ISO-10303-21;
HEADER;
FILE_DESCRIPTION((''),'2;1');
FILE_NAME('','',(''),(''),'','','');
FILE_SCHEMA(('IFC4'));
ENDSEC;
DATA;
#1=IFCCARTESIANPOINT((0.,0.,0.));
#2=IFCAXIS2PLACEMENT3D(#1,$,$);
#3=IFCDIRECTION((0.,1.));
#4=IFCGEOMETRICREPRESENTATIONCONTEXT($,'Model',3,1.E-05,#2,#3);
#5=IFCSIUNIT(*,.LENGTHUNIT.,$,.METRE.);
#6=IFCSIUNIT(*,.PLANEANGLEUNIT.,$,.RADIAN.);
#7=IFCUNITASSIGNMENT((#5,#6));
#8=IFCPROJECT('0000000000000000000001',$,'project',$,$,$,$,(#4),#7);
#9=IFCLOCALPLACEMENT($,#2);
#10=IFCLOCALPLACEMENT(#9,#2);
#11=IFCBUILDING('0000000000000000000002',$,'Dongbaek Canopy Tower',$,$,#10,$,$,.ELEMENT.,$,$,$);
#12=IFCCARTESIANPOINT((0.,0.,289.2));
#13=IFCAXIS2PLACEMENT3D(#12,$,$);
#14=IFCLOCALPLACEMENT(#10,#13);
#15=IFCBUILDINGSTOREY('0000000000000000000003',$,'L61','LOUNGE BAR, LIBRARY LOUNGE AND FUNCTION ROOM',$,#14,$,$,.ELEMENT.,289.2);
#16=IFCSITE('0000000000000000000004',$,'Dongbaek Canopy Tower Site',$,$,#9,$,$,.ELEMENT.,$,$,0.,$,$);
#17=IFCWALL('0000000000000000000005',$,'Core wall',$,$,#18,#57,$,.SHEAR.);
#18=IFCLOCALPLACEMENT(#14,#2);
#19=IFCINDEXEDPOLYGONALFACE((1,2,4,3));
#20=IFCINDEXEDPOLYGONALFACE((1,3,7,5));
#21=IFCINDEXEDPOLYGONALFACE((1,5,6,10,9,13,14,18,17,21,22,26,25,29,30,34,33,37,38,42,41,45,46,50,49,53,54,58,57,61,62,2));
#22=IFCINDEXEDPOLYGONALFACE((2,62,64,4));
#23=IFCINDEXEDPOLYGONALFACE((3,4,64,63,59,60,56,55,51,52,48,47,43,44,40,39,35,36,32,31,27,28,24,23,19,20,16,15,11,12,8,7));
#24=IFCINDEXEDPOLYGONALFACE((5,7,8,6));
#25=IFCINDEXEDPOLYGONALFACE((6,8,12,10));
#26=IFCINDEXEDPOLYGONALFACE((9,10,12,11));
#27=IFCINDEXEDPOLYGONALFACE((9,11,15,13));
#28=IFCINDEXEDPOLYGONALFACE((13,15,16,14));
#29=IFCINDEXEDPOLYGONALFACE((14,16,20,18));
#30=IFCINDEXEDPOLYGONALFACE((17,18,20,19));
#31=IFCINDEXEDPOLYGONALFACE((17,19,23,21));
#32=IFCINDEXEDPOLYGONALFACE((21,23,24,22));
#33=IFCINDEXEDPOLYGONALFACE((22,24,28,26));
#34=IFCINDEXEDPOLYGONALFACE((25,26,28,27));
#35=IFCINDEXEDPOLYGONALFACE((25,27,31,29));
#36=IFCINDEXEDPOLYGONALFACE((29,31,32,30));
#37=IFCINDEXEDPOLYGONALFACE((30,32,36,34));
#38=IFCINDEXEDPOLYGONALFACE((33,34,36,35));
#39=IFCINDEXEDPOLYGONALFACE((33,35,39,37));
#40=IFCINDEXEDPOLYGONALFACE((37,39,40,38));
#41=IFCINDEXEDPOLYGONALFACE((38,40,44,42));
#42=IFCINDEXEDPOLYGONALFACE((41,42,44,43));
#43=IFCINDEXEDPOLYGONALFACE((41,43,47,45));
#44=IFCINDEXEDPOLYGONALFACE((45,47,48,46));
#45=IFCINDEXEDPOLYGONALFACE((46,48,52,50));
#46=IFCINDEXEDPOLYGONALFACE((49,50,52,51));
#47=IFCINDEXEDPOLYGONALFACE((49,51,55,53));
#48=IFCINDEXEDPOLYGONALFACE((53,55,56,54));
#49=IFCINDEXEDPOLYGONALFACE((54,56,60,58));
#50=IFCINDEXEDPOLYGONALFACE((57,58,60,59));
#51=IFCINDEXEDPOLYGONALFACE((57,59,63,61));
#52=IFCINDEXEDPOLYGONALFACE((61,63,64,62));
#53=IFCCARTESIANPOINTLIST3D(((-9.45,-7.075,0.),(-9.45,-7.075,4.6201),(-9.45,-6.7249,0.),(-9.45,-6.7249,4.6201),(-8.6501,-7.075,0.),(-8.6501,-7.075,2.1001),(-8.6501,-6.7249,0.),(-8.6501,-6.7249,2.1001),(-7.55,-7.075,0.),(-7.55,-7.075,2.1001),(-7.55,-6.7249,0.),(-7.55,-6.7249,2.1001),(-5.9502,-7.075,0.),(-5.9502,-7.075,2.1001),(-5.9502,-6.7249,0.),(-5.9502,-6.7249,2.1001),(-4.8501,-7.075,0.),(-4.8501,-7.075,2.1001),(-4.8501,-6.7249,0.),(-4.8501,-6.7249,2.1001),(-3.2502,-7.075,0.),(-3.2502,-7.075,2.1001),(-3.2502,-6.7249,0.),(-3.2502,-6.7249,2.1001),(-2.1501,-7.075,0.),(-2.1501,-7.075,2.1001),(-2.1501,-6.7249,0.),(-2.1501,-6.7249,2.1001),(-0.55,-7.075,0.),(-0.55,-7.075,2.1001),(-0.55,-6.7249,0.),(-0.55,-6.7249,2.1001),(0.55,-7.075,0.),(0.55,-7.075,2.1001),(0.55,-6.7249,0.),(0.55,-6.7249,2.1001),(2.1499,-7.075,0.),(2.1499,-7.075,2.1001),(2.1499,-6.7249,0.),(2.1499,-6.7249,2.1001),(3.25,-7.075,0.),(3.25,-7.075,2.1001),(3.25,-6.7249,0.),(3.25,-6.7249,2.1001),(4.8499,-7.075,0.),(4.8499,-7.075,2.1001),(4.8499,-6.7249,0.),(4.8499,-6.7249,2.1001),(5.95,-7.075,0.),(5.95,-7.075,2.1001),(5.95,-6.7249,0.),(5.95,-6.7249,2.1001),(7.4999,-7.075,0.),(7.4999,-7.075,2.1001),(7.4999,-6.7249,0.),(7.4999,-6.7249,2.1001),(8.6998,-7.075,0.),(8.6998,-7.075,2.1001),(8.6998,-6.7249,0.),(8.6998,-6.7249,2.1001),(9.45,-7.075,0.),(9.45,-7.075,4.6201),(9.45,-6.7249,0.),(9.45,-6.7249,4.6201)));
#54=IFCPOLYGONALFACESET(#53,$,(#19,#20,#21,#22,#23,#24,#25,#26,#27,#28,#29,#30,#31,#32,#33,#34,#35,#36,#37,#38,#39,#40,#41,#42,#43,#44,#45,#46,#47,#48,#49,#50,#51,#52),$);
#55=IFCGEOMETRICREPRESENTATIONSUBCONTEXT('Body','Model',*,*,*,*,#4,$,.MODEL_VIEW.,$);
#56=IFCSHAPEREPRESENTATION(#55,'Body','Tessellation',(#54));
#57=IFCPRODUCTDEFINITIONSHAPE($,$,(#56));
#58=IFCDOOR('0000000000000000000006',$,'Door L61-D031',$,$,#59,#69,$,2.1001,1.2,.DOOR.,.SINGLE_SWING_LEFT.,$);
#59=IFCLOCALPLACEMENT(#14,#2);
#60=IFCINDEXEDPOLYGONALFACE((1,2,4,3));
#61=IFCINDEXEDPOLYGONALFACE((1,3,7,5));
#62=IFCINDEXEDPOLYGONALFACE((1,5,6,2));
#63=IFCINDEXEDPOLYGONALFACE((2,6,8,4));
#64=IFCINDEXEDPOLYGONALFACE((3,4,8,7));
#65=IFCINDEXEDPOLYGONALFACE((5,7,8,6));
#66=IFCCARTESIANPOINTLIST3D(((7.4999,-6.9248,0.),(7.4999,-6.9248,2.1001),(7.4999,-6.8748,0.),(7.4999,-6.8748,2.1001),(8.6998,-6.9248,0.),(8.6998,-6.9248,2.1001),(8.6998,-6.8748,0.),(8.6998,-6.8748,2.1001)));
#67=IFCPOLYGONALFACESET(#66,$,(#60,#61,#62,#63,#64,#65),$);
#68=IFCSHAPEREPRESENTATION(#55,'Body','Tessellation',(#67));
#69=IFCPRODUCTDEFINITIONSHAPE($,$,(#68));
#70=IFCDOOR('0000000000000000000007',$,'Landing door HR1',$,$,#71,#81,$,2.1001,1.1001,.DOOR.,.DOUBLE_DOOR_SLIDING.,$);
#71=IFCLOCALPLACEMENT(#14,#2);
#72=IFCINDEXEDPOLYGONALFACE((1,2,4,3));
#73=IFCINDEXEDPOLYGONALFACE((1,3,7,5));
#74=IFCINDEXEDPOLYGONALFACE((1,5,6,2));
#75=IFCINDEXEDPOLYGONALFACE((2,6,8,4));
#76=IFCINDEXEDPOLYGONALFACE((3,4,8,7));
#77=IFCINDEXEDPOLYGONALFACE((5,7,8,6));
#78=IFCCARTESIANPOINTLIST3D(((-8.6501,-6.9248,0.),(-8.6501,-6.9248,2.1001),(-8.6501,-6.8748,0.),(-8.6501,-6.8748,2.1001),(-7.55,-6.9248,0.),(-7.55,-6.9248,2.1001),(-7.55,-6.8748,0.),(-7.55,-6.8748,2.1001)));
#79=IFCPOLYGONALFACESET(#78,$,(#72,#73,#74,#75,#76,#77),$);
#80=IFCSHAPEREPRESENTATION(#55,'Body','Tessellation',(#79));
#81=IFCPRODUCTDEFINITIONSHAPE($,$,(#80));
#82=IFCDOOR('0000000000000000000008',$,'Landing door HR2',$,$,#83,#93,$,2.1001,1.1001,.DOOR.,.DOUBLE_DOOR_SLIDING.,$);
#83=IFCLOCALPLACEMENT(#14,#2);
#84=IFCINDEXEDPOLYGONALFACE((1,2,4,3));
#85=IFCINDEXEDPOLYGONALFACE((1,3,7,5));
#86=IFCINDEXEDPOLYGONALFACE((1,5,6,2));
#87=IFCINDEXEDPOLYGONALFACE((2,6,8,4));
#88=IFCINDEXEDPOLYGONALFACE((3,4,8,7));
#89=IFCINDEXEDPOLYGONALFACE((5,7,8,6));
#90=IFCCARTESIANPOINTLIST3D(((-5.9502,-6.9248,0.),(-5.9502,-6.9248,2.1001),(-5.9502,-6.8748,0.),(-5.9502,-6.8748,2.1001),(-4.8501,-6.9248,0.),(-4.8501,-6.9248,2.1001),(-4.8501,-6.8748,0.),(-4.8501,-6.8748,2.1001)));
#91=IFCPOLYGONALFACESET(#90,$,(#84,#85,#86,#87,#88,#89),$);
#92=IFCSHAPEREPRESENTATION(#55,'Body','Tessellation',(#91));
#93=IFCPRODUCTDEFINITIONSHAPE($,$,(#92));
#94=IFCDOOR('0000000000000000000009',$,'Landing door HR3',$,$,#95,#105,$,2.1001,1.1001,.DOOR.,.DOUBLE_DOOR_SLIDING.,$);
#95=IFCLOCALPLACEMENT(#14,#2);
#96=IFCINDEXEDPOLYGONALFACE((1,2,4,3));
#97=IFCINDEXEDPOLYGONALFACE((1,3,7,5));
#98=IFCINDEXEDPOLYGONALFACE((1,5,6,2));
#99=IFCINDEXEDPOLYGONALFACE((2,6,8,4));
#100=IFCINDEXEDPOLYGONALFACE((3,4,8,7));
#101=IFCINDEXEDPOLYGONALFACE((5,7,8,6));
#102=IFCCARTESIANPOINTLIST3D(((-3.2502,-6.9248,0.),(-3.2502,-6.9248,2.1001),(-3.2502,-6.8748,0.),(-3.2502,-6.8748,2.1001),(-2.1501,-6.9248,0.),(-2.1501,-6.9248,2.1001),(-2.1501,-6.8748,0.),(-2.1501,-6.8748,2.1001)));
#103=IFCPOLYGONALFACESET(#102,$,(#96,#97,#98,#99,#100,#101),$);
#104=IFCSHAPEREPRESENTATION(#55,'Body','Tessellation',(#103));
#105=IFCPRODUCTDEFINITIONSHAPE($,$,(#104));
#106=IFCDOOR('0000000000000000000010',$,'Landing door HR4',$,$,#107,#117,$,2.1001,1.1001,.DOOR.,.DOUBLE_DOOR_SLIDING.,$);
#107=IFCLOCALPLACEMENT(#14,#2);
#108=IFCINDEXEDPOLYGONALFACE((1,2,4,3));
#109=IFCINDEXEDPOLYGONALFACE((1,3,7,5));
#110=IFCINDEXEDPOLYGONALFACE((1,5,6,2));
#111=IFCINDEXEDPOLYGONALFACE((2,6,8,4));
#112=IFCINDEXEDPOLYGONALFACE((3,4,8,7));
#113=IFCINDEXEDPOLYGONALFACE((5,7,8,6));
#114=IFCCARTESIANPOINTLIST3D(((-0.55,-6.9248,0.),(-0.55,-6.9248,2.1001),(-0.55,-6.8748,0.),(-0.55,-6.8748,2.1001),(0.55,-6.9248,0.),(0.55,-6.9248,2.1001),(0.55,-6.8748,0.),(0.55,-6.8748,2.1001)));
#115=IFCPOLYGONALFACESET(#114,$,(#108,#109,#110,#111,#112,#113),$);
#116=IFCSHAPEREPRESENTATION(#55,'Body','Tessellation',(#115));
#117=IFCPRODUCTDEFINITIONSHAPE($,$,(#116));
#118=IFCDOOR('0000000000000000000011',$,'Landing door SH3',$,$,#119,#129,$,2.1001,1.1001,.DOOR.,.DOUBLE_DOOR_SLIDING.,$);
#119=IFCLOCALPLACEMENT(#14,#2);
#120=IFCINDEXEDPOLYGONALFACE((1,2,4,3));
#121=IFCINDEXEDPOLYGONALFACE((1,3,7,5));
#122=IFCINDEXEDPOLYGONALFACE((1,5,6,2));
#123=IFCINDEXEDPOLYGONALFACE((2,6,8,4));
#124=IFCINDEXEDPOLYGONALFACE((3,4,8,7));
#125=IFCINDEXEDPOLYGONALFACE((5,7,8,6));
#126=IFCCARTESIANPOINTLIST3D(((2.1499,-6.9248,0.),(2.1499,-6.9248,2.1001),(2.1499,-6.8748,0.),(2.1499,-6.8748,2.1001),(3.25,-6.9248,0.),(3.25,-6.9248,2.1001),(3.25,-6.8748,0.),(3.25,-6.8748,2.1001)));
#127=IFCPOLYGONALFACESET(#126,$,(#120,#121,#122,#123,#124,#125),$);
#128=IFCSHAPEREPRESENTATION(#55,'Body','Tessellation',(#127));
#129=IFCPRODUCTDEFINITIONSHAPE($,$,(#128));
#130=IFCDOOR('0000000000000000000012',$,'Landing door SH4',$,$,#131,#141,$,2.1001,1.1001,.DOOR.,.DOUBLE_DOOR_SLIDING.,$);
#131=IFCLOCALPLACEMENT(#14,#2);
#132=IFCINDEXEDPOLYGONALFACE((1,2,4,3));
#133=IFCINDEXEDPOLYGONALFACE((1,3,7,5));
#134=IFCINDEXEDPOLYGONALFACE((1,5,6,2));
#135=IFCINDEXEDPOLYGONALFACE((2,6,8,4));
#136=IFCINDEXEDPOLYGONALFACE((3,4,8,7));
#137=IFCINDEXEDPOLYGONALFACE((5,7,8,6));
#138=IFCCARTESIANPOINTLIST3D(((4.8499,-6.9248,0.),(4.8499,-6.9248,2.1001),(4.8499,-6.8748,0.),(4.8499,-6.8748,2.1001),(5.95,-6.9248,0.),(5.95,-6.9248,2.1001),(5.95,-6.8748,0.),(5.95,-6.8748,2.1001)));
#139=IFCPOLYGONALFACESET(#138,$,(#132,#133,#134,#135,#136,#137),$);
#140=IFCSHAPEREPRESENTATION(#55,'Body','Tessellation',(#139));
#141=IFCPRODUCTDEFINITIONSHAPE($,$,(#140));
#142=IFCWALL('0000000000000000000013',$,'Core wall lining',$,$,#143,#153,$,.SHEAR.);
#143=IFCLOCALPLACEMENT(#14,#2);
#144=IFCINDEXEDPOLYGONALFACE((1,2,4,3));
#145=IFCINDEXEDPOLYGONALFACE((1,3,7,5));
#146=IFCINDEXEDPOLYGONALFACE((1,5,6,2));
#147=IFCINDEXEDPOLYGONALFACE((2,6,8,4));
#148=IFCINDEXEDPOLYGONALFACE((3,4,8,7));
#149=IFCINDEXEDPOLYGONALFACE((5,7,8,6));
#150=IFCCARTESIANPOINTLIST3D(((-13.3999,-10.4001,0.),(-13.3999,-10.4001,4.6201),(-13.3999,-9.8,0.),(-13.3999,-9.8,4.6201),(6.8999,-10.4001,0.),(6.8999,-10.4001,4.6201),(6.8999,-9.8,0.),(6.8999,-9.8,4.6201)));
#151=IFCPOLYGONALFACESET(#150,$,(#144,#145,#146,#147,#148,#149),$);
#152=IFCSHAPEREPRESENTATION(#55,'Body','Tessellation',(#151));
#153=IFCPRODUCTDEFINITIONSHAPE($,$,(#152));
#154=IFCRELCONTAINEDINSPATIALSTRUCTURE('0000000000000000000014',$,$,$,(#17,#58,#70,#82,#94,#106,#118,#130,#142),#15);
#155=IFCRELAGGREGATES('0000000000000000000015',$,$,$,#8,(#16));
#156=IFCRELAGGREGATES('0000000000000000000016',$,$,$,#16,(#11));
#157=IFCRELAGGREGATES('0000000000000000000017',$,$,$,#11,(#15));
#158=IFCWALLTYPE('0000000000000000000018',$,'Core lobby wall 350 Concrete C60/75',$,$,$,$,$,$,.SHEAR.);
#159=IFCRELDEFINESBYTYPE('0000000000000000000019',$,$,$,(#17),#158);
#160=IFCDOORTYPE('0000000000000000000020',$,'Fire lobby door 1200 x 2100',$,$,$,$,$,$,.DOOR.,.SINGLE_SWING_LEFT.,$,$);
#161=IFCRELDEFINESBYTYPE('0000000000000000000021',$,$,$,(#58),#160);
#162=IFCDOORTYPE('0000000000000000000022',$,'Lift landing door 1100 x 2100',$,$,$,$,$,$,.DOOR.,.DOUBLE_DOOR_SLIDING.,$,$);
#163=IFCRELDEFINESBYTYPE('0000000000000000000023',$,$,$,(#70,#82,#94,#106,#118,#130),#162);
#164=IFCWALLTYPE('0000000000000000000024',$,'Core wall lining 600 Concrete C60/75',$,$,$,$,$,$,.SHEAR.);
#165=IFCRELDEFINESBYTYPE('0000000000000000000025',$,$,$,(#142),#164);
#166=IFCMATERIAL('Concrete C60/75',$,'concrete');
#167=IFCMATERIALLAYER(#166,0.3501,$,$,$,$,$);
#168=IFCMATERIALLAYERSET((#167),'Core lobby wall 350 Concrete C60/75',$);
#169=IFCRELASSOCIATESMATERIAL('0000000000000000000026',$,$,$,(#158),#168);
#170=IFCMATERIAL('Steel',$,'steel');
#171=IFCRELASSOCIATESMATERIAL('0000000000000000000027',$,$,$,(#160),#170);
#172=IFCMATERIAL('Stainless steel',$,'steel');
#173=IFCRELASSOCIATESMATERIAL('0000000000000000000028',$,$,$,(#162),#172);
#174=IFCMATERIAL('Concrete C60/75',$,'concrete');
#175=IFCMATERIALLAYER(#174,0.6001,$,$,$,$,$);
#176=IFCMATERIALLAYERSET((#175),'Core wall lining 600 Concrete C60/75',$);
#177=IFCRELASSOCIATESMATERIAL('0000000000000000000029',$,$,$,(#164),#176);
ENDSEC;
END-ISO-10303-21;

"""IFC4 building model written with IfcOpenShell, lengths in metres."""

from ifc_helpers import new_model, si_unit, direction, frame, frame_2d, origin, place, context, subcontext, project, spatial, rectangle, extrude, material, layer, layer_set, type_object, element, fill, save


model = new_model("IFC4")

# Units and contexts
model_context = context("Model", 3, precision=1e-05, world=origin(), true_north=direction((0.0, 1.0)))
body_context = subcontext(model_context, "Body", "Model", "MODEL_VIEW")
ifc_project = project(units=[si_unit("LENGTHUNIT", "METRE"), si_unit("PLANEANGLEUNIT", "RADIAN")], contexts=[model_context])

# Site, building, storey
site_placement = place(None, origin())
site = spatial("IfcSite", under=ifc_project, at=site_placement, Name="Dongbaek Canopy Tower Site", CompositionType="ELEMENT", RefElevation=0.0)
building_placement = place(site_placement, origin())
building = spatial("IfcBuilding", under=site, at=building_placement, Name="Dongbaek Canopy Tower", CompositionType="ELEMENT")
storey_placement = place(building_placement, frame((0.0, 0.0, 289.2)))
storey = spatial("IfcBuildingStorey", under=building, at=storey_placement, Name="L61", Description="LOUNGE BAR, LIBRARY LOUNGE AND FUNCTION ROOM", CompositionType="ELEMENT", Elevation=289.2)

# Wall, openings, doors
ifc_material_1 = material(Name="Concrete C60/75", Category="concrete")
ifc_layer_1 = layer(ifc_material_1, 0.3501)
ifc_layer_set_1 = layer_set([ifc_layer_1], Name="Core lobby wall 350 Concrete C60/75")
wall_type_1 = type_object("IfcWallType", Name="Core lobby wall 350 Concrete C60/75", PredefinedType="SHEAR", material=ifc_layer_set_1)
wall_1_placement = place(storey_placement, frame((9.45, -6.8999, 0.0), z_axis=(0.0, 0.0, 1.0), x_axis=(-1.0, 0.0, 0.0)))
wall_1 = element("IfcWall", 1, at=wall_1_placement, inside=storey, type_object=wall_type_1, Name="Core wall", PredefinedType="SHEAR", context=body_context, shape_type="SweptSolid", body=[
    extrude(rectangle(XDim=18.8999, YDim=0.3501, at=frame_2d((9.45, 0.0))), origin(), (0.0, 0.0, 1.0), 4.6201),
])
opening_1_placement = place(wall_1_placement, frame((17.0, 0.0, 0.0)))
opening_1 = element("IfcOpeningElement", 2, at=opening_1_placement, cuts=wall_1, PredefinedType="OPENING", context=body_context, shape_type="SweptSolid", body=[
    extrude(rectangle(XDim=1.1001, YDim=2.1001, at=frame_2d((0.55, 1.05))), frame((0.0, 0.1851, 0.0), z_axis=(0.0, -1.0, 0.0), x_axis=(1.0, 0.0, 0.0)), (0.0, 0.0, 1.0), 0.3701),
])
opening_2_placement = place(wall_1_placement, frame((14.3, 0.0, 0.0)))
opening_2 = element("IfcOpeningElement", 3, at=opening_2_placement, cuts=wall_1, PredefinedType="OPENING", context=body_context, shape_type="SweptSolid", body=[
    extrude(rectangle(XDim=1.1001, YDim=2.1001, at=frame_2d((0.55, 1.05))), frame((0.0, 0.1851, 0.0), z_axis=(0.0, -1.0, 0.0), x_axis=(1.0, 0.0, 0.0)), (0.0, 0.0, 1.0), 0.3701),
])
opening_3_placement = place(wall_1_placement, frame((11.6001, 0.0, 0.0)))
opening_3 = element("IfcOpeningElement", 4, at=opening_3_placement, cuts=wall_1, PredefinedType="OPENING", context=body_context, shape_type="SweptSolid", body=[
    extrude(rectangle(XDim=1.1001, YDim=2.1001, at=frame_2d((0.55, 1.05))), frame((0.0, 0.1851, 0.0), z_axis=(0.0, -1.0, 0.0), x_axis=(1.0, 0.0, 0.0)), (0.0, 0.0, 1.0), 0.3701),
])
opening_4_placement = place(wall_1_placement, frame((8.8999, 0.0, 0.0)))
opening_4 = element("IfcOpeningElement", 5, at=opening_4_placement, cuts=wall_1, PredefinedType="OPENING", context=body_context, shape_type="SweptSolid", body=[
    extrude(rectangle(XDim=1.1001, YDim=2.1001, at=frame_2d((0.55, 1.05))), frame((0.0, 0.1851, 0.0), z_axis=(0.0, -1.0, 0.0), x_axis=(1.0, 0.0, 0.0)), (0.0, 0.0, 1.0), 0.3701),
])
opening_5_placement = place(wall_1_placement, frame((6.2, 0.0, 0.0)))
opening_5 = element("IfcOpeningElement", 6, at=opening_5_placement, cuts=wall_1, PredefinedType="OPENING", context=body_context, shape_type="SweptSolid", body=[
    extrude(rectangle(XDim=1.1001, YDim=2.1001, at=frame_2d((0.55, 1.05))), frame((0.0, 0.1851, 0.0), z_axis=(0.0, -1.0, 0.0), x_axis=(1.0, 0.0, 0.0)), (0.0, 0.0, 1.0), 0.3701),
])
opening_6_placement = place(wall_1_placement, frame((3.5, 0.0, 0.0)))
opening_6 = element("IfcOpeningElement", 7, at=opening_6_placement, cuts=wall_1, PredefinedType="OPENING", context=body_context, shape_type="SweptSolid", body=[
    extrude(rectangle(XDim=1.1001, YDim=2.1001, at=frame_2d((0.55, 1.05))), frame((0.0, 0.1851, 0.0), z_axis=(0.0, -1.0, 0.0), x_axis=(1.0, 0.0, 0.0)), (0.0, 0.0, 1.0), 0.3701),
])
opening_7_placement = place(wall_1_placement, frame((0.75, 0.0, 0.0)))
opening_7 = element("IfcOpeningElement", 8, at=opening_7_placement, cuts=wall_1, PredefinedType="OPENING", context=body_context, shape_type="SweptSolid", body=[
    extrude(rectangle(XDim=1.2, YDim=2.1001, at=frame_2d((0.6001, 1.05))), frame((0.0, 0.1851, 0.0), z_axis=(0.0, -1.0, 0.0), x_axis=(1.0, 0.0, 0.0)), (0.0, 0.0, 1.0), 0.3701),
])
ifc_material_2 = material(Name="Steel", Category="steel")
door_type_1 = type_object("IfcDoorType", Name="Fire lobby door 1200 x 2100", OperationType="SINGLE_SWING_LEFT", PredefinedType="DOOR", material=ifc_material_2)
door_1_placement = place(opening_7_placement, origin())
door_1 = element("IfcDoor", 9, at=door_1_placement, inside=storey, type_object=door_type_1, Name="Door L61-D031", OperationType="SINGLE_SWING_LEFT", OverallHeight=2.1001, OverallWidth=1.2, PredefinedType="DOOR", context=body_context, shape_type="SweptSolid", body=[
    extrude(rectangle(XDim=1.2, YDim=2.1001, at=frame_2d((0.6001, 1.05))), frame((0.0, 0.0249, 0.0), z_axis=(0.0, -1.0, 0.0), x_axis=(1.0, 0.0, 0.0)), (0.0, 0.0, 1.0), 0.05),
])
fill(opening_7, door_1)
ifc_material_3 = material(Name="Stainless steel", Category="steel")
door_type_2 = type_object("IfcDoorType", Name="Lift landing door 1100 x 2100", OperationType="DOUBLE_DOOR_SLIDING", PredefinedType="DOOR", material=ifc_material_3)
door_2_placement = place(opening_1_placement, origin())
door_2 = element("IfcDoor", 10, at=door_2_placement, inside=storey, type_object=door_type_2, Name="Landing door HR1", OperationType="DOUBLE_DOOR_SLIDING", OverallHeight=2.1001, OverallWidth=1.1001, PredefinedType="DOOR", context=body_context, shape_type="SweptSolid", body=[
    extrude(rectangle(XDim=1.1001, YDim=2.1001, at=frame_2d((0.55, 1.05))), frame((0.0, 0.0249, 0.0), z_axis=(0.0, -1.0, 0.0), x_axis=(1.0, 0.0, 0.0)), (0.0, 0.0, 1.0), 0.05),
])
fill(opening_1, door_2)
door_3_placement = place(opening_2_placement, origin())
door_3 = element("IfcDoor", 11, at=door_3_placement, inside=storey, type_object=door_type_2, Name="Landing door HR2", OperationType="DOUBLE_DOOR_SLIDING", OverallHeight=2.1001, OverallWidth=1.1001, PredefinedType="DOOR", context=body_context, shape_type="SweptSolid", body=[
    extrude(rectangle(XDim=1.1001, YDim=2.1001, at=frame_2d((0.55, 1.05))), frame((0.0, 0.0249, 0.0), z_axis=(0.0, -1.0, 0.0), x_axis=(1.0, 0.0, 0.0)), (0.0, 0.0, 1.0), 0.05),
])
fill(opening_2, door_3)
door_4_placement = place(opening_3_placement, origin())
door_4 = element("IfcDoor", 12, at=door_4_placement, inside=storey, type_object=door_type_2, Name="Landing door HR3", OperationType="DOUBLE_DOOR_SLIDING", OverallHeight=2.1001, OverallWidth=1.1001, PredefinedType="DOOR", context=body_context, shape_type="SweptSolid", body=[
    extrude(rectangle(XDim=1.1001, YDim=2.1001, at=frame_2d((0.55, 1.05))), frame((0.0, 0.0249, 0.0), z_axis=(0.0, -1.0, 0.0), x_axis=(1.0, 0.0, 0.0)), (0.0, 0.0, 1.0), 0.05),
])
fill(opening_3, door_4)
door_5_placement = place(opening_4_placement, origin())
door_5 = element("IfcDoor", 13, at=door_5_placement, inside=storey, type_object=door_type_2, Name="Landing door HR4", OperationType="DOUBLE_DOOR_SLIDING", OverallHeight=2.1001, OverallWidth=1.1001, PredefinedType="DOOR", context=body_context, shape_type="SweptSolid", body=[
    extrude(rectangle(XDim=1.1001, YDim=2.1001, at=frame_2d((0.55, 1.05))), frame((0.0, 0.0249, 0.0), z_axis=(0.0, -1.0, 0.0), x_axis=(1.0, 0.0, 0.0)), (0.0, 0.0, 1.0), 0.05),
])
fill(opening_4, door_5)
door_6_placement = place(opening_5_placement, origin())
door_6 = element("IfcDoor", 14, at=door_6_placement, inside=storey, type_object=door_type_2, Name="Landing door SH3", OperationType="DOUBLE_DOOR_SLIDING", OverallHeight=2.1001, OverallWidth=1.1001, PredefinedType="DOOR", context=body_context, shape_type="SweptSolid", body=[
    extrude(rectangle(XDim=1.1001, YDim=2.1001, at=frame_2d((0.55, 1.05))), frame((0.0, 0.0249, 0.0), z_axis=(0.0, -1.0, 0.0), x_axis=(1.0, 0.0, 0.0)), (0.0, 0.0, 1.0), 0.05),
])
fill(opening_5, door_6)
door_7_placement = place(opening_6_placement, origin())
door_7 = element("IfcDoor", 15, at=door_7_placement, inside=storey, type_object=door_type_2, Name="Landing door SH4", OperationType="DOUBLE_DOOR_SLIDING", OverallHeight=2.1001, OverallWidth=1.1001, PredefinedType="DOOR", context=body_context, shape_type="SweptSolid", body=[
    extrude(rectangle(XDim=1.1001, YDim=2.1001, at=frame_2d((0.55, 1.05))), frame((0.0, 0.0249, 0.0), z_axis=(0.0, -1.0, 0.0), x_axis=(1.0, 0.0, 0.0)), (0.0, 0.0, 1.0), 0.05),
])
fill(opening_6, door_7)

# Wall
ifc_material_4 = material(Name="Concrete C60/75", Category="concrete")
ifc_layer_2 = layer(ifc_material_4, 0.6001)
ifc_layer_set_2 = layer_set([ifc_layer_2], Name="Core wall lining 600 Concrete C60/75")
wall_type_2 = type_object("IfcWallType", Name="Core wall lining 600 Concrete C60/75", PredefinedType="SHEAR", material=ifc_layer_set_2)
wall_2_placement = place(storey_placement, frame((6.8999, -10.1001, 0.0), z_axis=(0.0, 0.0, 1.0), x_axis=(-1.0, 0.0, 0.0)))
element("IfcWall", 16, at=wall_2_placement, inside=storey, type_object=wall_type_2, Name="Core wall lining", PredefinedType="SHEAR", context=body_context, shape_type="SweptSolid", body=[
    extrude(rectangle(XDim=20.2998, YDim=0.6001, at=frame_2d((10.1499, 0.0))), origin(), (0.0, 0.0, 1.0), 4.6201),
])

save(model, "model.ifc")
